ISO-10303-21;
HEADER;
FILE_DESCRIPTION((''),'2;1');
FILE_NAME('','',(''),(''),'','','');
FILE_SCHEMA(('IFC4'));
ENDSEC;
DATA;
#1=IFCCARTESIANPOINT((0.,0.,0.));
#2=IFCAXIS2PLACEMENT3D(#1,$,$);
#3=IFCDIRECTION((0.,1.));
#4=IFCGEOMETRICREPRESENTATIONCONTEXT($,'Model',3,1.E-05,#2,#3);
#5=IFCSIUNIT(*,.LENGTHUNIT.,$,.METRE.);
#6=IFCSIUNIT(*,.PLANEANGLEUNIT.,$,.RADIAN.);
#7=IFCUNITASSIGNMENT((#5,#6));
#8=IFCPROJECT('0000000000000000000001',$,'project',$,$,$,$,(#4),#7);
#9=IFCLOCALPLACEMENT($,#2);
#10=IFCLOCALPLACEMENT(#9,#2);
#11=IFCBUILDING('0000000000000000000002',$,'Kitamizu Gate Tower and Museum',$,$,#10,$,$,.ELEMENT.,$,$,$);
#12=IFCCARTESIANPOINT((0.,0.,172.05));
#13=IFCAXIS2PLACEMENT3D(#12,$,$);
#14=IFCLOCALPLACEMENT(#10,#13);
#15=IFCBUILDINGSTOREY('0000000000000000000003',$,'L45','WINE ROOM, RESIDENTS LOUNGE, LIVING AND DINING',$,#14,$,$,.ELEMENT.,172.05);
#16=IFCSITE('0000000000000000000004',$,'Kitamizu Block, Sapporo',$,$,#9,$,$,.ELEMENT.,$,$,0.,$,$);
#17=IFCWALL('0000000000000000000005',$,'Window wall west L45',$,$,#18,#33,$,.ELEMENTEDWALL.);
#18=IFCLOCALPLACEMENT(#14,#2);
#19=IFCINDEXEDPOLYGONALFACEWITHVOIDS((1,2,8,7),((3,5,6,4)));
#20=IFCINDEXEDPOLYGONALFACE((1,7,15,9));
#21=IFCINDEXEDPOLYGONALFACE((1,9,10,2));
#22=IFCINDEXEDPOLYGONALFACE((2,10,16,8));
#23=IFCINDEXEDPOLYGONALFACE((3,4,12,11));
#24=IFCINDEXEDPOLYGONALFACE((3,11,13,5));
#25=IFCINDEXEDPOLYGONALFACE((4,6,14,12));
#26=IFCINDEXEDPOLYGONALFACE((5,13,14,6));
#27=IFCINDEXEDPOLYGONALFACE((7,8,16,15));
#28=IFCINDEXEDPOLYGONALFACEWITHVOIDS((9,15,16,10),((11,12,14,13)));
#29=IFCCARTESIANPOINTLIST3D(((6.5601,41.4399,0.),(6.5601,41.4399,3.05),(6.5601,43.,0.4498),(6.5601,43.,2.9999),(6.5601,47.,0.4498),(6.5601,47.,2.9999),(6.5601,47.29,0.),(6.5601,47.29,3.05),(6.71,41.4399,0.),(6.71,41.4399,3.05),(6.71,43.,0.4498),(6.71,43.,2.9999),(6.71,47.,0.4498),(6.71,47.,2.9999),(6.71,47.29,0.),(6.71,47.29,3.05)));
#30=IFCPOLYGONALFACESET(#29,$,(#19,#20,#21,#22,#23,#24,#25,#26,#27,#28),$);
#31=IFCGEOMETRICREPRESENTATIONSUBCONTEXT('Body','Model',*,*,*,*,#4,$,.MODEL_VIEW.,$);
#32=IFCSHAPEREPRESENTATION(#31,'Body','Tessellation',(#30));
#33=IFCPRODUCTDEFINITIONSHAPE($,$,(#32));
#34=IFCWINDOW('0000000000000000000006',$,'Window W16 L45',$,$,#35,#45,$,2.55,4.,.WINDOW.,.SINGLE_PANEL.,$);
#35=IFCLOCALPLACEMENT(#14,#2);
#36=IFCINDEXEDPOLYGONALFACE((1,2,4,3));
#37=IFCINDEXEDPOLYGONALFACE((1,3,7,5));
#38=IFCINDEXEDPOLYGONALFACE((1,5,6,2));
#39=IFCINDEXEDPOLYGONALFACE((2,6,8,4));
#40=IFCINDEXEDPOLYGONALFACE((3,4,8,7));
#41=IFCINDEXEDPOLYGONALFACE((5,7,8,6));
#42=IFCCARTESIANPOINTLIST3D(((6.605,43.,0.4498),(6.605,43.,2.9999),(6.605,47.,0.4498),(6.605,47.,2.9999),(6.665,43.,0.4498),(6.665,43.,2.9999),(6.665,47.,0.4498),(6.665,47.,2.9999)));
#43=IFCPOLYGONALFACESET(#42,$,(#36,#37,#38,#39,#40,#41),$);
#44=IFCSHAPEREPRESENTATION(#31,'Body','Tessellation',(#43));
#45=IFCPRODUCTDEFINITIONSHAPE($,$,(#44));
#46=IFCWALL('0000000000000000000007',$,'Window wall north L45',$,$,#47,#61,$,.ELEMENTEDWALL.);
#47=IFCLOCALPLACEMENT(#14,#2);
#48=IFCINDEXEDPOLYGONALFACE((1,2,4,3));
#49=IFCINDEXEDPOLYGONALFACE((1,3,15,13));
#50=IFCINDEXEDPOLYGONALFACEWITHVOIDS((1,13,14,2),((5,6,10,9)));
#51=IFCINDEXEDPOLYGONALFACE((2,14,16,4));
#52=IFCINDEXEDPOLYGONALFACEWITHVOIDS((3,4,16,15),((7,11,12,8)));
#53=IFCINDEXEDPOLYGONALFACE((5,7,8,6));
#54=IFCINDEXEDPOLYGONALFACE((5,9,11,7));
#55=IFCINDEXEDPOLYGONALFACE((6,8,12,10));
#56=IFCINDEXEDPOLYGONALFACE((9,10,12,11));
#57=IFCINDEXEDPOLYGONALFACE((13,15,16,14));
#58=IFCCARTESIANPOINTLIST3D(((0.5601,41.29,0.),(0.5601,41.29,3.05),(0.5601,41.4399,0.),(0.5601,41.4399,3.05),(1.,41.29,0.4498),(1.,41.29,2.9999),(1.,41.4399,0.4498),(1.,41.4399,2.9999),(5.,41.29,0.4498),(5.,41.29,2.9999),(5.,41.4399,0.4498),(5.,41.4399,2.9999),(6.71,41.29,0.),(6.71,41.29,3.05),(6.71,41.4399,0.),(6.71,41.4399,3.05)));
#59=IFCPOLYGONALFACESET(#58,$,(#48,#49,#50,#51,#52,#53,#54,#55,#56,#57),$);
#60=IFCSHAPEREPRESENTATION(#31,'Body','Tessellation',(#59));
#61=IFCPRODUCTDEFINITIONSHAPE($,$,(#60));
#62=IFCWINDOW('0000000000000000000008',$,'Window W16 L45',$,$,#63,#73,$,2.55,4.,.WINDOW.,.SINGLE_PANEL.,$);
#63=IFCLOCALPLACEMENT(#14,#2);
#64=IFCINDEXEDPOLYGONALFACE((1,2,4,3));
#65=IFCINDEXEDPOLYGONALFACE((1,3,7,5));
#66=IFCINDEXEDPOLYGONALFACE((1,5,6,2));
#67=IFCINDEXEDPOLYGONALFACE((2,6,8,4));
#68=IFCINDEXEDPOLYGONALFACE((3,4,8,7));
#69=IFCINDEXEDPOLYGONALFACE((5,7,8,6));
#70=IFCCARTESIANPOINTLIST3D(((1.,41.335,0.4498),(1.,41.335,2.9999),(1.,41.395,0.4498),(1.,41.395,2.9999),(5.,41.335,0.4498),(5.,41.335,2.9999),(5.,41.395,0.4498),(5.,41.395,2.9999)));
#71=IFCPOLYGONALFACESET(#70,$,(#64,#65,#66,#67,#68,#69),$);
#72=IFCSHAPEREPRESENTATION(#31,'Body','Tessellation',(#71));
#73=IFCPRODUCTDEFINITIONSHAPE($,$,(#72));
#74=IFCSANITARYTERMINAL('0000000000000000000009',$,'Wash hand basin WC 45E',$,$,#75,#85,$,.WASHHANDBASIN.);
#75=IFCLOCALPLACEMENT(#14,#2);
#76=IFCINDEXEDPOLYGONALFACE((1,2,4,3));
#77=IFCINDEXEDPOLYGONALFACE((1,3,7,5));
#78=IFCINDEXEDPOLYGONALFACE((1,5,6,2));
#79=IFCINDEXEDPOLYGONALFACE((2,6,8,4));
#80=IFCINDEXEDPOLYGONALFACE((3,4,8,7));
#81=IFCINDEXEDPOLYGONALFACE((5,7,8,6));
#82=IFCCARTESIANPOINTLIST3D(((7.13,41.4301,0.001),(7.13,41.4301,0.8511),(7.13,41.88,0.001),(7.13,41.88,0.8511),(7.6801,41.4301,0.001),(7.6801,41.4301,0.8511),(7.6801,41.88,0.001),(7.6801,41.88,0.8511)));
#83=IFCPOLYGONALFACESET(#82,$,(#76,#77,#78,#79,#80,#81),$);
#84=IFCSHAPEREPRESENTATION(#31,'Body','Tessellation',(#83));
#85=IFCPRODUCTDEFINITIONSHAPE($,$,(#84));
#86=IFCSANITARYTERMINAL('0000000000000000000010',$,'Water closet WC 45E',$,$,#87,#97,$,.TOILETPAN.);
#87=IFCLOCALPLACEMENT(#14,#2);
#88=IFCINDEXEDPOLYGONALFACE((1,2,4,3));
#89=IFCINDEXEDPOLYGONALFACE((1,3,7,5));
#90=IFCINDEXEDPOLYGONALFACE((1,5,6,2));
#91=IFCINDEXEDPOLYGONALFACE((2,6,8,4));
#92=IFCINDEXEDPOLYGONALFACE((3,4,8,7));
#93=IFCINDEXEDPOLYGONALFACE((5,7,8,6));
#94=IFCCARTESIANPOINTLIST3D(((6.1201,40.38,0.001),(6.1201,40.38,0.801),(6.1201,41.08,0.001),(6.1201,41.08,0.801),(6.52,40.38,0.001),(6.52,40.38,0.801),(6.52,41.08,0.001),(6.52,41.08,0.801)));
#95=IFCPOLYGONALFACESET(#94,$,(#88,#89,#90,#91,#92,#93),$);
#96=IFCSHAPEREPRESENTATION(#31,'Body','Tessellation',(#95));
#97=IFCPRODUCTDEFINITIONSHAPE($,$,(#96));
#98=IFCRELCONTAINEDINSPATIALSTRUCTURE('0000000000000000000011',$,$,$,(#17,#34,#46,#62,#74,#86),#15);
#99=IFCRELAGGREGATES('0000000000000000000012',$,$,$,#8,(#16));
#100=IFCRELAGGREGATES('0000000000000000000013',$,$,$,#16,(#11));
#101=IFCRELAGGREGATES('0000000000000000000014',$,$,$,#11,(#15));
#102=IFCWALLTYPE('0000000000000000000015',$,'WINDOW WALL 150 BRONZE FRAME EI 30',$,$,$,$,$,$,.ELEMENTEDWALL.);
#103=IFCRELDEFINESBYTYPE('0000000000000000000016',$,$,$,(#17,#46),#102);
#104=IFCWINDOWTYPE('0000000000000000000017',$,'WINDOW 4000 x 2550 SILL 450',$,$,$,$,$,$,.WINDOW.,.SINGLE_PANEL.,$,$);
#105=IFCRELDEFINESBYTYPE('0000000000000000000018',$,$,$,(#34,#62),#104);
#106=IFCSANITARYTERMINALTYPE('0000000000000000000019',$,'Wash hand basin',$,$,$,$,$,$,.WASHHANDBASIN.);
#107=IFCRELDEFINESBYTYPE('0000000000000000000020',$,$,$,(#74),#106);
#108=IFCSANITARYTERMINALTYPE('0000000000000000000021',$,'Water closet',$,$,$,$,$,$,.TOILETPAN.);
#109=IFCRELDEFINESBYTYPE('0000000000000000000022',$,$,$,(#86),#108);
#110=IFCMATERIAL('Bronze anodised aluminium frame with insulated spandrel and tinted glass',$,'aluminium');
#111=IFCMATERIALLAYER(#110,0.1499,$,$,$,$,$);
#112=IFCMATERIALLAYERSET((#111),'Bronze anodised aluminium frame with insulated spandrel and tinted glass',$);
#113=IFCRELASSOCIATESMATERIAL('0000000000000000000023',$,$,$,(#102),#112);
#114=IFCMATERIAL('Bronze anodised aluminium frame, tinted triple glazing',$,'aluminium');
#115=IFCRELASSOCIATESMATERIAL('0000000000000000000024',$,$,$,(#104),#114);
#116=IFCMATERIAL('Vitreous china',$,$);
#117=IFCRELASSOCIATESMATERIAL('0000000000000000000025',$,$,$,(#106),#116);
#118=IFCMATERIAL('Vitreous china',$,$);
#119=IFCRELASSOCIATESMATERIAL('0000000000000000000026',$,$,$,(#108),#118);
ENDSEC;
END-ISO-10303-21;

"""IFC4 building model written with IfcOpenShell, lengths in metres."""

from ifc_helpers import new_model, si_unit, direction, frame, frame_2d, origin, origin_2d, place, context, subcontext, project, spatial, rectangle, extrude, material, layer, layer_set, type_object, element, fill, save


model = new_model("IFC4")

# Units and contexts
model_context = context("Model", 3, precision=1e-05, world=origin(), true_north=direction((0.0, 1.0)))
body_context = subcontext(model_context, "Body", "Model", "MODEL_VIEW")
ifc_project = project(units=[si_unit("LENGTHUNIT", "METRE"), si_unit("PLANEANGLEUNIT", "RADIAN")], contexts=[model_context])

# Site, building, storey
site_placement = place(None, origin())
site = spatial("IfcSite", under=ifc_project, at=site_placement, Name="Kitamizu Block, Sapporo", CompositionType="ELEMENT", RefElevation=0.0)
building_placement = place(site_placement, origin())
building = spatial("IfcBuilding", under=site, at=building_placement, Name="Kitamizu Gate Tower and Museum", CompositionType="ELEMENT")
storey_placement = place(building_placement, frame((0.0, 0.0, 172.05)))
storey = spatial("IfcBuildingStorey", under=building, at=storey_placement, Name="L45", Description="WINE ROOM, RESIDENTS LOUNGE, LIVING AND DINING", CompositionType="ELEMENT", Elevation=172.05)

# Shared definitions
ifc_material_1 = material(Name="Bronze anodised aluminium frame with insulated spandrel and tinted glass", Category="aluminium")
ifc_layer_1 = layer(ifc_material_1, 0.1499)
ifc_layer_set_1 = layer_set([ifc_layer_1], Name="Bronze anodised aluminium frame with insulated spandrel and tinted glass")
wall_type_1 = type_object("IfcWallType", Name="WINDOW WALL 150 BRONZE FRAME EI 30", PredefinedType="ELEMENTEDWALL", material=ifc_layer_set_1)

# Walls, openings, windows
wall_1_placement = place(storey_placement, frame((6.635, 41.4399, 0.0), z_axis=(0.0, 0.0, 1.0), x_axis=(0.0, 1.0, 0.0)))
wall_1 = element("IfcWall", 1, at=wall_1_placement, inside=storey, type_object=wall_type_1, Name="Window wall west L45", PredefinedType="ELEMENTEDWALL", context=body_context, shape_type="SweptSolid", body=[
    extrude(rectangle(XDim=5.8501, YDim=0.1499, at=frame_2d((2.925, 0.0))), origin(), (0.0, 0.0, 1.0), 3.05),
])
opening_1_placement = place(wall_1_placement, frame((1.5601, 0.0, 0.45)))
opening_1 = element("IfcOpeningElement", 2, at=opening_1_placement, cuts=wall_1, PredefinedType="OPENING", context=body_context, shape_type="SweptSolid", body=[
    extrude(rectangle(XDim=4.0, YDim=2.55, at=frame_2d((2.0, 1.2749))), frame((0.0, 0.085, 0.0), z_axis=(0.0, -1.0, 0.0), x_axis=(1.0, 0.0, 0.0)), (0.0, 0.0, 1.0), 0.1699),
])
ifc_material_2 = material(Name="Bronze anodised aluminium frame, tinted triple glazing", Category="aluminium")
window_type_1 = type_object("IfcWindowType", Name="WINDOW 4000 x 2550 SILL 450", PartitioningType="SINGLE_PANEL", PredefinedType="WINDOW", material=ifc_material_2)
window_1_placement = place(opening_1_placement, origin())
window_1 = element("IfcWindow", 3, at=window_1_placement, inside=storey, type_object=window_type_1, Name="Window W16 L45", OverallHeight=2.55, OverallWidth=4.0, PartitioningType="SINGLE_PANEL", PredefinedType="WINDOW", context=body_context, shape_type="SweptSolid", body=[
    extrude(rectangle(XDim=4.0, YDim=2.55, at=frame_2d((2.0, 1.2749))), frame((0.0, 0.03, 0.0), z_axis=(0.0, -1.0, 0.0), x_axis=(1.0, 0.0, 0.0)), (0.0, 0.0, 1.0), 0.0601),
])
fill(opening_1, window_1)
wall_2_placement = place(storey_placement, frame((0.5601, 41.365, 0.0), z_axis=(0.0, 0.0, 1.0), x_axis=(1.0, 0.0, 0.0)))
wall_2 = element("IfcWall", 4, at=wall_2_placement, inside=storey, type_object=wall_type_1, Name="Window wall north L45", PredefinedType="ELEMENTEDWALL", context=body_context, shape_type="SweptSolid", body=[
    extrude(rectangle(XDim=6.1499, YDim=0.1499, at=frame_2d((3.075, 0.0))), origin(), (0.0, 0.0, 1.0), 3.05),
])
opening_2_placement = place(wall_2_placement, frame((0.4399, 0.0, 0.45)))
opening_2 = element("IfcOpeningElement", 5, at=opening_2_placement, cuts=wall_2, PredefinedType="OPENING", context=body_context, shape_type="SweptSolid", body=[
    extrude(rectangle(XDim=4.0, YDim=2.55, at=frame_2d((2.0, 1.2749))), frame((0.0, 0.085, 0.0), z_axis=(0.0, -1.0, 0.0), x_axis=(1.0, 0.0, 0.0)), (0.0, 0.0, 1.0), 0.1699),
])
window_2_placement = place(opening_2_placement, origin())
window_2 = element("IfcWindow", 6, at=window_2_placement, inside=storey, type_object=window_type_1, Name="Window W16 L45", OverallHeight=2.55, OverallWidth=4.0, PartitioningType="SINGLE_PANEL", PredefinedType="WINDOW", context=body_context, shape_type="SweptSolid", body=[
    extrude(rectangle(XDim=4.0, YDim=2.55, at=frame_2d((2.0, 1.2749))), frame((0.0, 0.03, 0.0), z_axis=(0.0, -1.0, 0.0), x_axis=(1.0, 0.0, 0.0)), (0.0, 0.0, 1.0), 0.0601),
])
fill(opening_2, window_2)

# Sanitary terminals
ifc_material_3 = material(Name="Vitreous china")
sanitary_terminal_type_1 = type_object("IfcSanitaryTerminalType", Name="Wash hand basin", PredefinedType="WASHHANDBASIN", material=ifc_material_3)
sanitary_terminal_1_placement = place(storey_placement, frame((7.405, 41.655, 0.001), z_axis=(0.0, 0.0, 1.0), x_axis=(1.0, 0.0, 0.0)))
element("IfcSanitaryTerminal", 7, at=sanitary_terminal_1_placement, inside=storey, type_object=sanitary_terminal_type_1, Name="Wash hand basin WC 45E", PredefinedType="WASHHANDBASIN", context=body_context, shape_type="SweptSolid", body=[
    extrude(rectangle(XDim=0.55, YDim=0.45, at=origin_2d()), origin(), (0.0, 0.0, 1.0), 0.8501),
])
ifc_material_4 = material(Name="Vitreous china")
sanitary_terminal_type_2 = type_object("IfcSanitaryTerminalType", Name="Water closet", PredefinedType="TOILETPAN", material=ifc_material_4)
sanitary_terminal_2_placement = place(storey_placement, frame((6.3201, 40.73, 0.001), z_axis=(0.0, 0.0, 1.0), x_axis=(1.0, 0.0, 0.0)))
element("IfcSanitaryTerminal", 8, at=sanitary_terminal_2_placement, inside=storey, type_object=sanitary_terminal_type_2, Name="Water closet WC 45E", PredefinedType="TOILETPAN", context=body_context, shape_type="SweptSolid", body=[
    extrude(rectangle(XDim=0.3999, YDim=0.7, at=origin_2d()), origin(), (0.0, 0.0, 1.0), 0.8),
])

save(model, "model.ifc")
